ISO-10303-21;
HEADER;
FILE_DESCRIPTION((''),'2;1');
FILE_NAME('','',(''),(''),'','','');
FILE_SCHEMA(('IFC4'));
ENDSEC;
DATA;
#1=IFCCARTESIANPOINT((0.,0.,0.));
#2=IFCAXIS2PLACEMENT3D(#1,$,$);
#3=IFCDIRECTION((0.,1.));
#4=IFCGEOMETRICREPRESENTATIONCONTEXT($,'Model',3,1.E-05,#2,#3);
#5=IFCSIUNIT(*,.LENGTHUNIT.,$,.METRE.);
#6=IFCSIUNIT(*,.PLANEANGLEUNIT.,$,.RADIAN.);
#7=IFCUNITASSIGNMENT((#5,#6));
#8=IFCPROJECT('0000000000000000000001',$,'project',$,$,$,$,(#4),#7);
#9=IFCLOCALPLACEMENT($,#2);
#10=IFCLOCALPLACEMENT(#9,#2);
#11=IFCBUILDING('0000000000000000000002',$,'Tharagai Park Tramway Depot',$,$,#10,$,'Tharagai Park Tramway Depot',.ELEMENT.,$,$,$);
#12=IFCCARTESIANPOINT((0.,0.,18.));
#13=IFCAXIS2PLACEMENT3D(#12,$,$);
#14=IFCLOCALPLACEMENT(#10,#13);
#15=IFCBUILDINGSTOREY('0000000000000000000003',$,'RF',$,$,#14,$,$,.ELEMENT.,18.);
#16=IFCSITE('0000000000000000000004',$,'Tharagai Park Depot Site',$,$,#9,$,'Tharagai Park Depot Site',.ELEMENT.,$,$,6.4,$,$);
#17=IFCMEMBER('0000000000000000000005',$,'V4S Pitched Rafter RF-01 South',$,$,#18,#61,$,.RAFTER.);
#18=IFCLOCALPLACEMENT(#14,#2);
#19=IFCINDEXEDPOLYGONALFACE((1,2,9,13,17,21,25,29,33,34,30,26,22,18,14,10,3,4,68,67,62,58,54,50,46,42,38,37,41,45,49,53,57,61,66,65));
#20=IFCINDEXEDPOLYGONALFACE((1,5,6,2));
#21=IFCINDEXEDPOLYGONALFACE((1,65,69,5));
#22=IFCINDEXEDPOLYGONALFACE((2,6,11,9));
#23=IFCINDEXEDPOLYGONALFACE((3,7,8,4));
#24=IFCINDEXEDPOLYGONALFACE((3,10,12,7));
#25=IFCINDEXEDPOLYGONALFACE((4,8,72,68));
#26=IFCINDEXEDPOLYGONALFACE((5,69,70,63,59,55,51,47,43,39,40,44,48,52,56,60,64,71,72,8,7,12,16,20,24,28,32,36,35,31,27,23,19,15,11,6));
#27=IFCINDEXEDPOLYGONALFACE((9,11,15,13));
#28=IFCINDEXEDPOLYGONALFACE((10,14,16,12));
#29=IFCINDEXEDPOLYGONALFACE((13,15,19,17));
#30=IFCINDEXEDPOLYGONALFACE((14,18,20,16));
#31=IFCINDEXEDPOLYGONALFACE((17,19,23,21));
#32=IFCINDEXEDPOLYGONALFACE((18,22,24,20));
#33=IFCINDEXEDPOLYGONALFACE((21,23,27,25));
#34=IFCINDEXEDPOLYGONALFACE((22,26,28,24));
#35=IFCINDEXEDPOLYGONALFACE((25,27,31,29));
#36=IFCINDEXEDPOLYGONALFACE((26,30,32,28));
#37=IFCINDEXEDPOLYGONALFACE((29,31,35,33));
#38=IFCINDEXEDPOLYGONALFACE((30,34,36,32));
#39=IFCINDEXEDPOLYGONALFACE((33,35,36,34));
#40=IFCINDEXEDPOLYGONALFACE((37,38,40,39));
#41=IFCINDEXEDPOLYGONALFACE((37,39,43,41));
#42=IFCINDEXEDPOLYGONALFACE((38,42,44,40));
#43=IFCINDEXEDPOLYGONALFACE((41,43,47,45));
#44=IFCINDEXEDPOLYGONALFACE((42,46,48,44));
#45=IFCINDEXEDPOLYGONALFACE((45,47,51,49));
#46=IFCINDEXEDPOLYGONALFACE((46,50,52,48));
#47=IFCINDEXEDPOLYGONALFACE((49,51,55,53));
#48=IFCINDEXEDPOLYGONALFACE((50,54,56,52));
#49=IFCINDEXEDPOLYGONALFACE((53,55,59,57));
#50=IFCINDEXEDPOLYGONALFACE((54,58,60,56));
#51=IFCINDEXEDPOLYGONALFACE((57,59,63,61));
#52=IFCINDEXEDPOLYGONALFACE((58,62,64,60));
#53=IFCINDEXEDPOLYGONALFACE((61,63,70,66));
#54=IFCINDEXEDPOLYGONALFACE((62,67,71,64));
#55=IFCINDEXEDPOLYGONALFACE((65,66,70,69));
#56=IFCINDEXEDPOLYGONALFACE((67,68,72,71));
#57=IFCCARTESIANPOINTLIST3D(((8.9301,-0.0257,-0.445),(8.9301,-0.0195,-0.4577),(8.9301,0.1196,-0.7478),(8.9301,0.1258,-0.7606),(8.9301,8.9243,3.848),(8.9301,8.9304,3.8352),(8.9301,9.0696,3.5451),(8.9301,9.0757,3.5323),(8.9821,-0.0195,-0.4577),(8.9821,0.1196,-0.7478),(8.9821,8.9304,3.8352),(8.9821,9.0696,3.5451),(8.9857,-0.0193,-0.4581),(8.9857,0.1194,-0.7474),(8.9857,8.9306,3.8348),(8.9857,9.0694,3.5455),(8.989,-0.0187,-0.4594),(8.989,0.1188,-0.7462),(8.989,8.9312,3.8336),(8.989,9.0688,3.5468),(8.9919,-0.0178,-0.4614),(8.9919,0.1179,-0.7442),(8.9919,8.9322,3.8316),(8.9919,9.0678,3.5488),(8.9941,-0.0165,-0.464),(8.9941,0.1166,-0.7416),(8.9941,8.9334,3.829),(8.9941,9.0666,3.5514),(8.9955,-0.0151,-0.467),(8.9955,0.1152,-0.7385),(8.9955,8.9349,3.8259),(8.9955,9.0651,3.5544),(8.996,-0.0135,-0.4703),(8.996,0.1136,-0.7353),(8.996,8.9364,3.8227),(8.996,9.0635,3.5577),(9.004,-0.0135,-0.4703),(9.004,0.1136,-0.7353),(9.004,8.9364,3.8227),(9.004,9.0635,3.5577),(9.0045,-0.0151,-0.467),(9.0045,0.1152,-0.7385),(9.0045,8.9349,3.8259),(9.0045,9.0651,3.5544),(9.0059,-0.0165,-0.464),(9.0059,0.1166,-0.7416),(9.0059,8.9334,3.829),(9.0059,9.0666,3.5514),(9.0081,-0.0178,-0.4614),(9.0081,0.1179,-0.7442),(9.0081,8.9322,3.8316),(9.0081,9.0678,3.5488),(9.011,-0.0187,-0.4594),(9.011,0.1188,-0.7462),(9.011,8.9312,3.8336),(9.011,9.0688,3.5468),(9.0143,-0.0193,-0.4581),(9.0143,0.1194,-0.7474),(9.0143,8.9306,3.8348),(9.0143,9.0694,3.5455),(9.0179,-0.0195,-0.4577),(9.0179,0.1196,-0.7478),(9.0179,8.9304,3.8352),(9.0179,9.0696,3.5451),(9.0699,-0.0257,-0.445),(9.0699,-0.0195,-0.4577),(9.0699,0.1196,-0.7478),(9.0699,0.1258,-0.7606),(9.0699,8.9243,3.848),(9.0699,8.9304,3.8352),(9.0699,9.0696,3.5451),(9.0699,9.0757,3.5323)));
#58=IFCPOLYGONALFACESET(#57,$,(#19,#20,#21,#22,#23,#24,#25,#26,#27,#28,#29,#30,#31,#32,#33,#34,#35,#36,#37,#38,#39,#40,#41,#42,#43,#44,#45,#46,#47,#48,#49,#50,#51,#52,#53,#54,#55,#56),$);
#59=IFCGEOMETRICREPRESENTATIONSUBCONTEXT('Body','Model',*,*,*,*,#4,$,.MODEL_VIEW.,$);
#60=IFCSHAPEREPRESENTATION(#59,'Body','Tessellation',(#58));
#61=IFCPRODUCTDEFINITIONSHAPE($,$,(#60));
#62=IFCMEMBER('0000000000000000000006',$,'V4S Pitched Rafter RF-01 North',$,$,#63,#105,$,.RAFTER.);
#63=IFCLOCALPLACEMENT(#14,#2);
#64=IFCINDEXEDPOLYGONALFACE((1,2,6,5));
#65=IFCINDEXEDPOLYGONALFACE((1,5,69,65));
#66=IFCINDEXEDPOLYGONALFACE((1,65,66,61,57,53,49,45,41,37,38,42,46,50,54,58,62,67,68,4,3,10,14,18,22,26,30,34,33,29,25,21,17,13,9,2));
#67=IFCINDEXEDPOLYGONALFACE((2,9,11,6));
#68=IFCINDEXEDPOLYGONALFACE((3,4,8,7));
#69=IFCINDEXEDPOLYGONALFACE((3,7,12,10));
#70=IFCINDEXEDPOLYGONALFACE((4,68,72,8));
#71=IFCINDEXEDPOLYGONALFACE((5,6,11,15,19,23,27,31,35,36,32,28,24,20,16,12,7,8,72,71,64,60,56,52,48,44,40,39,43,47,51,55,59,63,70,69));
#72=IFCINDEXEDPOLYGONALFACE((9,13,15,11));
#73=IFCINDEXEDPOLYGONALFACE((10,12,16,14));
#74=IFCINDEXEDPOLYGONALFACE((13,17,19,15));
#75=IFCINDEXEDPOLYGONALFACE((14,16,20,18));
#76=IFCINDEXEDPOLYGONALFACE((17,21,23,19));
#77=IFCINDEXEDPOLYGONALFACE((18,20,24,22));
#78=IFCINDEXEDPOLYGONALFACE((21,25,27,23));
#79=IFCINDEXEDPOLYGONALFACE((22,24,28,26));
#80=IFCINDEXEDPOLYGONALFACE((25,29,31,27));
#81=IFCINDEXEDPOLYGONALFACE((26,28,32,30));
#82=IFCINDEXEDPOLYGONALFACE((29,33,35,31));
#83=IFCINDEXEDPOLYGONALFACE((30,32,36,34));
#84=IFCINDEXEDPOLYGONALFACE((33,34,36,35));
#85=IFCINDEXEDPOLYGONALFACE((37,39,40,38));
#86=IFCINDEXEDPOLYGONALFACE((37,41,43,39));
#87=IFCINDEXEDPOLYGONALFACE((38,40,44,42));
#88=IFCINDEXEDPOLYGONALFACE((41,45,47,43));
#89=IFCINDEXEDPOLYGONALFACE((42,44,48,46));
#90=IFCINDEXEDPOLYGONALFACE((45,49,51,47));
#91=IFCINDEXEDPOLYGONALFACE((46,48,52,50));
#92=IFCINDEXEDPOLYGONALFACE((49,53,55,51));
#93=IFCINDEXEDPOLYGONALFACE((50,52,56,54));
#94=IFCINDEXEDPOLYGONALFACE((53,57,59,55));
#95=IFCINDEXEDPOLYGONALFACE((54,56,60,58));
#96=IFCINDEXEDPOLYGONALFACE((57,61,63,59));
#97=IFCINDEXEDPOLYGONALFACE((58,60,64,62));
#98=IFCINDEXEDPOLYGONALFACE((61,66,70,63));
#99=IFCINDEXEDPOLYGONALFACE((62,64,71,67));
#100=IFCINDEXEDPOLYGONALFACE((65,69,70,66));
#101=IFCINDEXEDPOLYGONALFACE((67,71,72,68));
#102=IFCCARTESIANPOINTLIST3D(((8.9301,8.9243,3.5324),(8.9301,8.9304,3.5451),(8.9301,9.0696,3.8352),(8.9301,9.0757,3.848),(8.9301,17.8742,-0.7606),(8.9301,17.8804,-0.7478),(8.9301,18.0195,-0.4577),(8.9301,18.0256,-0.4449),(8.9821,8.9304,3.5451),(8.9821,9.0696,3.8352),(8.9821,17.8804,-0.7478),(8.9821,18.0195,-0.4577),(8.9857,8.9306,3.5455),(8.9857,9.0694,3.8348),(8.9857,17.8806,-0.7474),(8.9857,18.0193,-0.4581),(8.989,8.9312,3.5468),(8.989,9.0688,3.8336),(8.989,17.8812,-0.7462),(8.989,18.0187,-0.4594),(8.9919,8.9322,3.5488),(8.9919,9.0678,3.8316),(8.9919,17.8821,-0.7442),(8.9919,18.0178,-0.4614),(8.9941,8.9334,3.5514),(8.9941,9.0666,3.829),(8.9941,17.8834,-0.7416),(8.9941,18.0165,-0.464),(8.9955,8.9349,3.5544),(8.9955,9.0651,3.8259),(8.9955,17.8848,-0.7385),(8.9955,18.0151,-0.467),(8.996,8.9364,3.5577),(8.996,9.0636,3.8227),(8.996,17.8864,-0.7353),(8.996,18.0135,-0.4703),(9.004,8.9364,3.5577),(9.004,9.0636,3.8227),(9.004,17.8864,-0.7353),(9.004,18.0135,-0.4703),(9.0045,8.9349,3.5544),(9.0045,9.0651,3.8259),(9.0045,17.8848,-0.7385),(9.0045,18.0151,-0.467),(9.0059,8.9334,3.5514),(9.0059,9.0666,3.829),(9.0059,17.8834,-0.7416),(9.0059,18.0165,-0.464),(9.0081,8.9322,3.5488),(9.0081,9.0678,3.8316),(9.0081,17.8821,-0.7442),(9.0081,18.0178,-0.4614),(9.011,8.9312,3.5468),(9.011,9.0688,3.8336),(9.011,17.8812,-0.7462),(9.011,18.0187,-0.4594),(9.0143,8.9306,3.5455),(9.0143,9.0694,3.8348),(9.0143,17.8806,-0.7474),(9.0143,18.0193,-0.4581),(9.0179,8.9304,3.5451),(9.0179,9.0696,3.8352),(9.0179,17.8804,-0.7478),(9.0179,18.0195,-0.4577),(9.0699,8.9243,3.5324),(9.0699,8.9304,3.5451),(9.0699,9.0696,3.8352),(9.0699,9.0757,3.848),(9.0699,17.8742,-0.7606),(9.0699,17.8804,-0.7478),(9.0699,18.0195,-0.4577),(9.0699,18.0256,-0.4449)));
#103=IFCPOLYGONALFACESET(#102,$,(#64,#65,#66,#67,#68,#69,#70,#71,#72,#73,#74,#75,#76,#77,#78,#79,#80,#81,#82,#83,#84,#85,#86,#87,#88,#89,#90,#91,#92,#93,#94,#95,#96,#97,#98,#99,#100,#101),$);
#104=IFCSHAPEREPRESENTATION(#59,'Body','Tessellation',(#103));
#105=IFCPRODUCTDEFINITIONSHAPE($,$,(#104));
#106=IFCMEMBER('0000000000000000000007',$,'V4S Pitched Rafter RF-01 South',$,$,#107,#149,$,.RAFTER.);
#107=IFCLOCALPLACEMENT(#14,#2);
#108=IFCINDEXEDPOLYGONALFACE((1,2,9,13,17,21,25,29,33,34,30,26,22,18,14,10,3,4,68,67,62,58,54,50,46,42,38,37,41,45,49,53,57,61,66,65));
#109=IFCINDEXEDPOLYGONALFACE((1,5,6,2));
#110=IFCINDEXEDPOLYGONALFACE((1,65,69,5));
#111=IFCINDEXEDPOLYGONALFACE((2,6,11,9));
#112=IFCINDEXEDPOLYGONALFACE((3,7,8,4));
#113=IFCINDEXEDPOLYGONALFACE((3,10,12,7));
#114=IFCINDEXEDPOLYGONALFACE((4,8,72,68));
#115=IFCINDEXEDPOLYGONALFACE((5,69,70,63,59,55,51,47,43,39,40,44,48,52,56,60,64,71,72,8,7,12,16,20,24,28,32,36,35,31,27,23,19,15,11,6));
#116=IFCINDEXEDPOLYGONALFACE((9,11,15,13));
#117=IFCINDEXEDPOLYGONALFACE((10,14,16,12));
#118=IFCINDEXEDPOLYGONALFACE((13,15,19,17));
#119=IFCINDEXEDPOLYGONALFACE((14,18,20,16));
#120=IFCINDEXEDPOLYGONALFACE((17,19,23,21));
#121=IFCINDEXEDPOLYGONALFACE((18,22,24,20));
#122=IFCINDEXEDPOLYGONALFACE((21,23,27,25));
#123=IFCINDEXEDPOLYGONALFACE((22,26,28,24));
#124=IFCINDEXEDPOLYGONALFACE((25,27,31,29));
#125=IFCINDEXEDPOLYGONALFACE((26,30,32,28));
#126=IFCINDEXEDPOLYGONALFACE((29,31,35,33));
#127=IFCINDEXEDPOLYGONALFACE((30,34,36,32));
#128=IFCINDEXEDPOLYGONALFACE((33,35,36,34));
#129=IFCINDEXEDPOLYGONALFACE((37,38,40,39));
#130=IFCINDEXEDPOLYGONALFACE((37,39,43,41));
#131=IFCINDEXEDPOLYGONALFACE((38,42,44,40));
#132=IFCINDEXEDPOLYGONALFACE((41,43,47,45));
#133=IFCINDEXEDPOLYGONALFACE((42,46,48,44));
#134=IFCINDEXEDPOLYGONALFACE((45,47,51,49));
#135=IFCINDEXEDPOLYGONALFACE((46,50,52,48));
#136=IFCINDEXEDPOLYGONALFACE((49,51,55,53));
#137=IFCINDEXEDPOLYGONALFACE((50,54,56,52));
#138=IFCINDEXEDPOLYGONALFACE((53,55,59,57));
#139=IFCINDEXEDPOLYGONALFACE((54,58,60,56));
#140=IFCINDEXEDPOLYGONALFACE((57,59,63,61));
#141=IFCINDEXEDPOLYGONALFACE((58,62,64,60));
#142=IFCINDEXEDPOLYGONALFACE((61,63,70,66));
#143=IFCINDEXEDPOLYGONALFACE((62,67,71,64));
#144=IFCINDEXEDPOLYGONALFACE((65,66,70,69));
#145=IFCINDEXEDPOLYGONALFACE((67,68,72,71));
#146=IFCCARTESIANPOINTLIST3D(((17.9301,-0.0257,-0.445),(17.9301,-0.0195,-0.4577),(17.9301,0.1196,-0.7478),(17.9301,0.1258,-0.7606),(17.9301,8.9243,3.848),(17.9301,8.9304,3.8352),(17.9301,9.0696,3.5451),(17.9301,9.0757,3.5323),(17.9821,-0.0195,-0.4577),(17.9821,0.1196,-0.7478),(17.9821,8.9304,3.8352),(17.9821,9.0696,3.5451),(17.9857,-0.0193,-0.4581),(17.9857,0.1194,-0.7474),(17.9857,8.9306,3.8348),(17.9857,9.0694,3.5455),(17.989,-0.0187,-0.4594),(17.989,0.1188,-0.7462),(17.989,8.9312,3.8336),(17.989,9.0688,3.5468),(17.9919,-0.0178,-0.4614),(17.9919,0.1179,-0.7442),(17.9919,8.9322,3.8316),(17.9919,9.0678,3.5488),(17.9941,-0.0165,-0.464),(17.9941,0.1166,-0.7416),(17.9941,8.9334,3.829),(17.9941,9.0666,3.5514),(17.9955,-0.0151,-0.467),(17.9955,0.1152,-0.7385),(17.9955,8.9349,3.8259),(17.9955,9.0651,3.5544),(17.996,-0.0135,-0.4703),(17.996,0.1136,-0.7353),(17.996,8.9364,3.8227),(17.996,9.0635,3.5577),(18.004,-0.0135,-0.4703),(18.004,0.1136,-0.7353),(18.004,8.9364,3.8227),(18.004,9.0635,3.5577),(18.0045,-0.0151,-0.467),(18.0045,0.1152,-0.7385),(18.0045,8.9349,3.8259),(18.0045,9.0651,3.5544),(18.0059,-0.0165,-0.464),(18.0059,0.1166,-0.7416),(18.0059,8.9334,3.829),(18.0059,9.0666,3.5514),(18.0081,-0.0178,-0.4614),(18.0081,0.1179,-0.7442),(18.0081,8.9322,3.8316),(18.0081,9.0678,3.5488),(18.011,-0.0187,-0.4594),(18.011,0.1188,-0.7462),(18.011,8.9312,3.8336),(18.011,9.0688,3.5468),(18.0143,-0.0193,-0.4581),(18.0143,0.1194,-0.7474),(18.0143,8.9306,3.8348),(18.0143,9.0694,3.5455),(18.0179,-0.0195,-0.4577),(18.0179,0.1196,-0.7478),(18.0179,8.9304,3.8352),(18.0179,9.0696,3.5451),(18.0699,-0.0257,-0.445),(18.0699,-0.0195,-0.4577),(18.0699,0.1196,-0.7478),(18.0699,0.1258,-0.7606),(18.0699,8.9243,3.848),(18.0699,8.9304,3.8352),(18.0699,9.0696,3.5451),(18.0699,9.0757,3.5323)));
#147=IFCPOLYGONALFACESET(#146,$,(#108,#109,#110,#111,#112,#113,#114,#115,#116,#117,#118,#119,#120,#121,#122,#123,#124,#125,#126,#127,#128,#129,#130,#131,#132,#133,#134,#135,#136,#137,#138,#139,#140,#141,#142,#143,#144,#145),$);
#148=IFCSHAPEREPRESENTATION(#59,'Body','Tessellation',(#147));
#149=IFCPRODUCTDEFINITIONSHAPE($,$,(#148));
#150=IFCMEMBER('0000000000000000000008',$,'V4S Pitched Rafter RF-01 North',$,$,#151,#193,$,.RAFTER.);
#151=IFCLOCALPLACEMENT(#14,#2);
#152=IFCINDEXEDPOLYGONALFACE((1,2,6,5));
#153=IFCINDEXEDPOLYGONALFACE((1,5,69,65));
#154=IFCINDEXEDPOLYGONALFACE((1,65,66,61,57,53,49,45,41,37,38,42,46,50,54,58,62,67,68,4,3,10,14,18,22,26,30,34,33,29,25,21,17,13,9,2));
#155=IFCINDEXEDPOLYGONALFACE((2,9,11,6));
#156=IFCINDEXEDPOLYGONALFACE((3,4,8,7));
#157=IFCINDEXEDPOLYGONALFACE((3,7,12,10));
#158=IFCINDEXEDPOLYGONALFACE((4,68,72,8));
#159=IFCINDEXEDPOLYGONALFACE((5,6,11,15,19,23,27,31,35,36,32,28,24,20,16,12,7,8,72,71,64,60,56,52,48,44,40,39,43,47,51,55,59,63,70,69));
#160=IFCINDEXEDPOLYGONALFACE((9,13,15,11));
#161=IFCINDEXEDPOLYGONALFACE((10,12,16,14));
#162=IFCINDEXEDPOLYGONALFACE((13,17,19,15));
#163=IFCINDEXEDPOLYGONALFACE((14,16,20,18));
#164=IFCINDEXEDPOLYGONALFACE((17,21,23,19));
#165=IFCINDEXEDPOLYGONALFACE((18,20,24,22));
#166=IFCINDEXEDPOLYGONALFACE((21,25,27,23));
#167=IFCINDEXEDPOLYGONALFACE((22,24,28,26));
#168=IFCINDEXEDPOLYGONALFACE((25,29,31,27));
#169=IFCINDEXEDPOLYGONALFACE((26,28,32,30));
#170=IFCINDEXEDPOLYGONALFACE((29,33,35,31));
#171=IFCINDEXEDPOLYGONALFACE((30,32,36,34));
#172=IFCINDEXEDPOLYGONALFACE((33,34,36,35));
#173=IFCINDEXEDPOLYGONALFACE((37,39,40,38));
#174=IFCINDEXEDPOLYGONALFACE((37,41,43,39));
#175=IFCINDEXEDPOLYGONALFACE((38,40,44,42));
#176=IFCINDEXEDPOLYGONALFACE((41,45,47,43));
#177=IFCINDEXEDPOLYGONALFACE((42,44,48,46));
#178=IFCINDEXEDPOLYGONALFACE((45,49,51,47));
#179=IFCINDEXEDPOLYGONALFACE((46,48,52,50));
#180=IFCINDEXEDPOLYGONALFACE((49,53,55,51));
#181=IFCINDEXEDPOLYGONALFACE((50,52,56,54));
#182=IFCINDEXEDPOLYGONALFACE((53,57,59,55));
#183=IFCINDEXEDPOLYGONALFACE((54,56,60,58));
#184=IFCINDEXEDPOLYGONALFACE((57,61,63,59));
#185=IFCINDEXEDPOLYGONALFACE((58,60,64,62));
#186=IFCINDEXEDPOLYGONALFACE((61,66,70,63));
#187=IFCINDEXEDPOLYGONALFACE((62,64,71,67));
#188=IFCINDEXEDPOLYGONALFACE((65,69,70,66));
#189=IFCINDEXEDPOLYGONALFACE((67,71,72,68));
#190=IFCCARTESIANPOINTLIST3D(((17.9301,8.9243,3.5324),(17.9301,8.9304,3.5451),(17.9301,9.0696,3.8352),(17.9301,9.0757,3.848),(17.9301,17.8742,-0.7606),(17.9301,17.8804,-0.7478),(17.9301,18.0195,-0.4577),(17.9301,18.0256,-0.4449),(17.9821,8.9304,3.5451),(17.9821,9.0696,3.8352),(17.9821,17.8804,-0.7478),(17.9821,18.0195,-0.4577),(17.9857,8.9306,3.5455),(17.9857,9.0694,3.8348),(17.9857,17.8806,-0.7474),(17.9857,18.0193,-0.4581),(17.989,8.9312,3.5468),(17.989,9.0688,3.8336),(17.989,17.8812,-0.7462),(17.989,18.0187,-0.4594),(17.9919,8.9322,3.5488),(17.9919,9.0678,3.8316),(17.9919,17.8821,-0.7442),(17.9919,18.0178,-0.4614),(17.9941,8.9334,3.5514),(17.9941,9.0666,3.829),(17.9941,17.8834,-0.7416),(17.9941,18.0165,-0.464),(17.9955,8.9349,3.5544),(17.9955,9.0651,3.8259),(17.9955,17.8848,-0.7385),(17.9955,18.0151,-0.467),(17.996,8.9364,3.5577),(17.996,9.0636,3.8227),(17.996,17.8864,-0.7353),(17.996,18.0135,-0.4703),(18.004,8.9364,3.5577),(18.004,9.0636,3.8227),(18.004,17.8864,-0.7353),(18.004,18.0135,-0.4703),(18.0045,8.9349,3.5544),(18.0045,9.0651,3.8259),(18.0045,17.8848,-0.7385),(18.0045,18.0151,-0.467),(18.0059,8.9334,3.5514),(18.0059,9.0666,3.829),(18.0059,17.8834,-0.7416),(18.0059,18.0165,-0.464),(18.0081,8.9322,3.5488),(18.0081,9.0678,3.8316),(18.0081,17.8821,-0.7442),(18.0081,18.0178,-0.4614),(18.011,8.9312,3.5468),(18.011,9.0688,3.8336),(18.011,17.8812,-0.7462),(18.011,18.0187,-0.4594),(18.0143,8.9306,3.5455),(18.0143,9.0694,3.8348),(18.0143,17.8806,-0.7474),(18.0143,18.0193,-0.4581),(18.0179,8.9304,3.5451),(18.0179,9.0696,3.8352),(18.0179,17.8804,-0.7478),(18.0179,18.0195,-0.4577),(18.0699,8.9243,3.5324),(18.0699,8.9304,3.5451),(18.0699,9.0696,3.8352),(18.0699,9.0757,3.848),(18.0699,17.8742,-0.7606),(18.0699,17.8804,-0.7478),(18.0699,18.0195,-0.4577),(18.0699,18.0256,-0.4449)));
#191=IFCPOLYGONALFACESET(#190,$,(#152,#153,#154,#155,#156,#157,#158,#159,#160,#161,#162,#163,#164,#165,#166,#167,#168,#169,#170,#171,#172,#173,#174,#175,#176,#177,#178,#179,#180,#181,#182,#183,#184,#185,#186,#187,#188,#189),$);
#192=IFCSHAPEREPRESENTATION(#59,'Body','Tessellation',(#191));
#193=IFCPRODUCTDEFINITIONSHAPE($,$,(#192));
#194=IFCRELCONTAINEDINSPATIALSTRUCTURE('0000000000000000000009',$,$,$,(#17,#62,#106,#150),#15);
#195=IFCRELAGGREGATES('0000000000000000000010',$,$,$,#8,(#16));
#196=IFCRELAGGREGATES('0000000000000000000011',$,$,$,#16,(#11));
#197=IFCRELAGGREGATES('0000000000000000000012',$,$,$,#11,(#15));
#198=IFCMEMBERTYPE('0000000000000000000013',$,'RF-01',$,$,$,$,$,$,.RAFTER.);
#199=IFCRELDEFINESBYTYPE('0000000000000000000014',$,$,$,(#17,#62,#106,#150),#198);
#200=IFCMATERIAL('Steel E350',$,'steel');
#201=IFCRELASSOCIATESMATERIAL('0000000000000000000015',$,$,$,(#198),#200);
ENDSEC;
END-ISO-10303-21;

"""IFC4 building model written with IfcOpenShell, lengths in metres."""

from ifc_helpers import new_model, si_unit, direction, frame, origin, origin_2d, place, context, subcontext, project, spatial, i_section, extrude, material, material_profile, profile_set, type_object, element, save


model = new_model("IFC4")

# Units and contexts
model_context = context("Model", 3, precision=1e-05, world=origin(), true_north=direction((0.0, 1.0)))
body_context = subcontext(model_context, "Body", "Model", "MODEL_VIEW")
ifc_project = project(units=[si_unit("LENGTHUNIT", "METRE"), si_unit("PLANEANGLEUNIT", "RADIAN")], contexts=[model_context])

# Site, building, storey
site_placement = place(None, origin())
site = spatial("IfcSite", under=ifc_project, at=site_placement, Name="Tharagai Park Depot Site", LongName="Tharagai Park Depot Site", CompositionType="ELEMENT", RefElevation=6.4)
building_placement = place(site_placement, origin())
building = spatial("IfcBuilding", under=site, at=building_placement, Name="Tharagai Park Tramway Depot", LongName="Tharagai Park Tramway Depot", CompositionType="ELEMENT")
storey_placement = place(building_placement, frame((0.0, 0.0, 18.0)))
storey = spatial("IfcBuildingStorey", under=building, at=storey_placement, Name="RF", CompositionType="ELEMENT", Elevation=18.0)

# Shared definitions
ifc_material_1 = material(Name="Steel E350", Category="steel")

# Members
ifc_material_profile_1 = material_profile(ifc_material_1, i_section(OverallWidth=0.1399, OverallDepth=0.3501, WebThickness=0.0081, FlangeThickness=0.0142, FilletRadius=0.0139, at=origin_2d()), Name="ISMB 350")
ifc_profile_set_1 = profile_set([ifc_material_profile_1], Name="Steel E350")
member_type_1 = type_object("IfcMemberType", Name="RF-01", PredefinedType="RAFTER", material=ifc_profile_set_1)
for number, where, z_axis, x_axis, name in (
    (1, (9.0, 0.05, -0.6028), (0.0, 0.901641, 0.432485), (-1.0, 0.0, 0.0), "V4S Pitched Rafter RF-01 South"),
    (2, (9.0, 9.0, 3.6902), (0.0, 0.901641, -0.432485), (-1.0, 0.0, 0.0), "V4S Pitched Rafter RF-01 North"),
    (3, (18.0, 0.05, -0.6028), (0.0, 0.901641, 0.432485), (-1.0, 0.0, 0.0), "V4S Pitched Rafter RF-01 South"),
    (4, (18.0, 9.0, 3.6902), (0.0, 0.901641, -0.432485), (-1.0, 0.0, 0.0), "V4S Pitched Rafter RF-01 North"),
):
    element("IfcMember", number, at=place(storey_placement, frame(where, z_axis=z_axis, x_axis=x_axis)), inside=storey, type_object=member_type_1, Name=name, PredefinedType="RAFTER", context=body_context, shape_type="SweptSolid", body=[
        extrude(i_section(OverallWidth=0.1399, OverallDepth=0.3501, WebThickness=0.0081, FlangeThickness=0.0142, FilletRadius=0.0139, at=origin_2d()), origin(), (0.0, 0.0, 1.0), 9.9263),
    ])

save(model, "model.ifc")
